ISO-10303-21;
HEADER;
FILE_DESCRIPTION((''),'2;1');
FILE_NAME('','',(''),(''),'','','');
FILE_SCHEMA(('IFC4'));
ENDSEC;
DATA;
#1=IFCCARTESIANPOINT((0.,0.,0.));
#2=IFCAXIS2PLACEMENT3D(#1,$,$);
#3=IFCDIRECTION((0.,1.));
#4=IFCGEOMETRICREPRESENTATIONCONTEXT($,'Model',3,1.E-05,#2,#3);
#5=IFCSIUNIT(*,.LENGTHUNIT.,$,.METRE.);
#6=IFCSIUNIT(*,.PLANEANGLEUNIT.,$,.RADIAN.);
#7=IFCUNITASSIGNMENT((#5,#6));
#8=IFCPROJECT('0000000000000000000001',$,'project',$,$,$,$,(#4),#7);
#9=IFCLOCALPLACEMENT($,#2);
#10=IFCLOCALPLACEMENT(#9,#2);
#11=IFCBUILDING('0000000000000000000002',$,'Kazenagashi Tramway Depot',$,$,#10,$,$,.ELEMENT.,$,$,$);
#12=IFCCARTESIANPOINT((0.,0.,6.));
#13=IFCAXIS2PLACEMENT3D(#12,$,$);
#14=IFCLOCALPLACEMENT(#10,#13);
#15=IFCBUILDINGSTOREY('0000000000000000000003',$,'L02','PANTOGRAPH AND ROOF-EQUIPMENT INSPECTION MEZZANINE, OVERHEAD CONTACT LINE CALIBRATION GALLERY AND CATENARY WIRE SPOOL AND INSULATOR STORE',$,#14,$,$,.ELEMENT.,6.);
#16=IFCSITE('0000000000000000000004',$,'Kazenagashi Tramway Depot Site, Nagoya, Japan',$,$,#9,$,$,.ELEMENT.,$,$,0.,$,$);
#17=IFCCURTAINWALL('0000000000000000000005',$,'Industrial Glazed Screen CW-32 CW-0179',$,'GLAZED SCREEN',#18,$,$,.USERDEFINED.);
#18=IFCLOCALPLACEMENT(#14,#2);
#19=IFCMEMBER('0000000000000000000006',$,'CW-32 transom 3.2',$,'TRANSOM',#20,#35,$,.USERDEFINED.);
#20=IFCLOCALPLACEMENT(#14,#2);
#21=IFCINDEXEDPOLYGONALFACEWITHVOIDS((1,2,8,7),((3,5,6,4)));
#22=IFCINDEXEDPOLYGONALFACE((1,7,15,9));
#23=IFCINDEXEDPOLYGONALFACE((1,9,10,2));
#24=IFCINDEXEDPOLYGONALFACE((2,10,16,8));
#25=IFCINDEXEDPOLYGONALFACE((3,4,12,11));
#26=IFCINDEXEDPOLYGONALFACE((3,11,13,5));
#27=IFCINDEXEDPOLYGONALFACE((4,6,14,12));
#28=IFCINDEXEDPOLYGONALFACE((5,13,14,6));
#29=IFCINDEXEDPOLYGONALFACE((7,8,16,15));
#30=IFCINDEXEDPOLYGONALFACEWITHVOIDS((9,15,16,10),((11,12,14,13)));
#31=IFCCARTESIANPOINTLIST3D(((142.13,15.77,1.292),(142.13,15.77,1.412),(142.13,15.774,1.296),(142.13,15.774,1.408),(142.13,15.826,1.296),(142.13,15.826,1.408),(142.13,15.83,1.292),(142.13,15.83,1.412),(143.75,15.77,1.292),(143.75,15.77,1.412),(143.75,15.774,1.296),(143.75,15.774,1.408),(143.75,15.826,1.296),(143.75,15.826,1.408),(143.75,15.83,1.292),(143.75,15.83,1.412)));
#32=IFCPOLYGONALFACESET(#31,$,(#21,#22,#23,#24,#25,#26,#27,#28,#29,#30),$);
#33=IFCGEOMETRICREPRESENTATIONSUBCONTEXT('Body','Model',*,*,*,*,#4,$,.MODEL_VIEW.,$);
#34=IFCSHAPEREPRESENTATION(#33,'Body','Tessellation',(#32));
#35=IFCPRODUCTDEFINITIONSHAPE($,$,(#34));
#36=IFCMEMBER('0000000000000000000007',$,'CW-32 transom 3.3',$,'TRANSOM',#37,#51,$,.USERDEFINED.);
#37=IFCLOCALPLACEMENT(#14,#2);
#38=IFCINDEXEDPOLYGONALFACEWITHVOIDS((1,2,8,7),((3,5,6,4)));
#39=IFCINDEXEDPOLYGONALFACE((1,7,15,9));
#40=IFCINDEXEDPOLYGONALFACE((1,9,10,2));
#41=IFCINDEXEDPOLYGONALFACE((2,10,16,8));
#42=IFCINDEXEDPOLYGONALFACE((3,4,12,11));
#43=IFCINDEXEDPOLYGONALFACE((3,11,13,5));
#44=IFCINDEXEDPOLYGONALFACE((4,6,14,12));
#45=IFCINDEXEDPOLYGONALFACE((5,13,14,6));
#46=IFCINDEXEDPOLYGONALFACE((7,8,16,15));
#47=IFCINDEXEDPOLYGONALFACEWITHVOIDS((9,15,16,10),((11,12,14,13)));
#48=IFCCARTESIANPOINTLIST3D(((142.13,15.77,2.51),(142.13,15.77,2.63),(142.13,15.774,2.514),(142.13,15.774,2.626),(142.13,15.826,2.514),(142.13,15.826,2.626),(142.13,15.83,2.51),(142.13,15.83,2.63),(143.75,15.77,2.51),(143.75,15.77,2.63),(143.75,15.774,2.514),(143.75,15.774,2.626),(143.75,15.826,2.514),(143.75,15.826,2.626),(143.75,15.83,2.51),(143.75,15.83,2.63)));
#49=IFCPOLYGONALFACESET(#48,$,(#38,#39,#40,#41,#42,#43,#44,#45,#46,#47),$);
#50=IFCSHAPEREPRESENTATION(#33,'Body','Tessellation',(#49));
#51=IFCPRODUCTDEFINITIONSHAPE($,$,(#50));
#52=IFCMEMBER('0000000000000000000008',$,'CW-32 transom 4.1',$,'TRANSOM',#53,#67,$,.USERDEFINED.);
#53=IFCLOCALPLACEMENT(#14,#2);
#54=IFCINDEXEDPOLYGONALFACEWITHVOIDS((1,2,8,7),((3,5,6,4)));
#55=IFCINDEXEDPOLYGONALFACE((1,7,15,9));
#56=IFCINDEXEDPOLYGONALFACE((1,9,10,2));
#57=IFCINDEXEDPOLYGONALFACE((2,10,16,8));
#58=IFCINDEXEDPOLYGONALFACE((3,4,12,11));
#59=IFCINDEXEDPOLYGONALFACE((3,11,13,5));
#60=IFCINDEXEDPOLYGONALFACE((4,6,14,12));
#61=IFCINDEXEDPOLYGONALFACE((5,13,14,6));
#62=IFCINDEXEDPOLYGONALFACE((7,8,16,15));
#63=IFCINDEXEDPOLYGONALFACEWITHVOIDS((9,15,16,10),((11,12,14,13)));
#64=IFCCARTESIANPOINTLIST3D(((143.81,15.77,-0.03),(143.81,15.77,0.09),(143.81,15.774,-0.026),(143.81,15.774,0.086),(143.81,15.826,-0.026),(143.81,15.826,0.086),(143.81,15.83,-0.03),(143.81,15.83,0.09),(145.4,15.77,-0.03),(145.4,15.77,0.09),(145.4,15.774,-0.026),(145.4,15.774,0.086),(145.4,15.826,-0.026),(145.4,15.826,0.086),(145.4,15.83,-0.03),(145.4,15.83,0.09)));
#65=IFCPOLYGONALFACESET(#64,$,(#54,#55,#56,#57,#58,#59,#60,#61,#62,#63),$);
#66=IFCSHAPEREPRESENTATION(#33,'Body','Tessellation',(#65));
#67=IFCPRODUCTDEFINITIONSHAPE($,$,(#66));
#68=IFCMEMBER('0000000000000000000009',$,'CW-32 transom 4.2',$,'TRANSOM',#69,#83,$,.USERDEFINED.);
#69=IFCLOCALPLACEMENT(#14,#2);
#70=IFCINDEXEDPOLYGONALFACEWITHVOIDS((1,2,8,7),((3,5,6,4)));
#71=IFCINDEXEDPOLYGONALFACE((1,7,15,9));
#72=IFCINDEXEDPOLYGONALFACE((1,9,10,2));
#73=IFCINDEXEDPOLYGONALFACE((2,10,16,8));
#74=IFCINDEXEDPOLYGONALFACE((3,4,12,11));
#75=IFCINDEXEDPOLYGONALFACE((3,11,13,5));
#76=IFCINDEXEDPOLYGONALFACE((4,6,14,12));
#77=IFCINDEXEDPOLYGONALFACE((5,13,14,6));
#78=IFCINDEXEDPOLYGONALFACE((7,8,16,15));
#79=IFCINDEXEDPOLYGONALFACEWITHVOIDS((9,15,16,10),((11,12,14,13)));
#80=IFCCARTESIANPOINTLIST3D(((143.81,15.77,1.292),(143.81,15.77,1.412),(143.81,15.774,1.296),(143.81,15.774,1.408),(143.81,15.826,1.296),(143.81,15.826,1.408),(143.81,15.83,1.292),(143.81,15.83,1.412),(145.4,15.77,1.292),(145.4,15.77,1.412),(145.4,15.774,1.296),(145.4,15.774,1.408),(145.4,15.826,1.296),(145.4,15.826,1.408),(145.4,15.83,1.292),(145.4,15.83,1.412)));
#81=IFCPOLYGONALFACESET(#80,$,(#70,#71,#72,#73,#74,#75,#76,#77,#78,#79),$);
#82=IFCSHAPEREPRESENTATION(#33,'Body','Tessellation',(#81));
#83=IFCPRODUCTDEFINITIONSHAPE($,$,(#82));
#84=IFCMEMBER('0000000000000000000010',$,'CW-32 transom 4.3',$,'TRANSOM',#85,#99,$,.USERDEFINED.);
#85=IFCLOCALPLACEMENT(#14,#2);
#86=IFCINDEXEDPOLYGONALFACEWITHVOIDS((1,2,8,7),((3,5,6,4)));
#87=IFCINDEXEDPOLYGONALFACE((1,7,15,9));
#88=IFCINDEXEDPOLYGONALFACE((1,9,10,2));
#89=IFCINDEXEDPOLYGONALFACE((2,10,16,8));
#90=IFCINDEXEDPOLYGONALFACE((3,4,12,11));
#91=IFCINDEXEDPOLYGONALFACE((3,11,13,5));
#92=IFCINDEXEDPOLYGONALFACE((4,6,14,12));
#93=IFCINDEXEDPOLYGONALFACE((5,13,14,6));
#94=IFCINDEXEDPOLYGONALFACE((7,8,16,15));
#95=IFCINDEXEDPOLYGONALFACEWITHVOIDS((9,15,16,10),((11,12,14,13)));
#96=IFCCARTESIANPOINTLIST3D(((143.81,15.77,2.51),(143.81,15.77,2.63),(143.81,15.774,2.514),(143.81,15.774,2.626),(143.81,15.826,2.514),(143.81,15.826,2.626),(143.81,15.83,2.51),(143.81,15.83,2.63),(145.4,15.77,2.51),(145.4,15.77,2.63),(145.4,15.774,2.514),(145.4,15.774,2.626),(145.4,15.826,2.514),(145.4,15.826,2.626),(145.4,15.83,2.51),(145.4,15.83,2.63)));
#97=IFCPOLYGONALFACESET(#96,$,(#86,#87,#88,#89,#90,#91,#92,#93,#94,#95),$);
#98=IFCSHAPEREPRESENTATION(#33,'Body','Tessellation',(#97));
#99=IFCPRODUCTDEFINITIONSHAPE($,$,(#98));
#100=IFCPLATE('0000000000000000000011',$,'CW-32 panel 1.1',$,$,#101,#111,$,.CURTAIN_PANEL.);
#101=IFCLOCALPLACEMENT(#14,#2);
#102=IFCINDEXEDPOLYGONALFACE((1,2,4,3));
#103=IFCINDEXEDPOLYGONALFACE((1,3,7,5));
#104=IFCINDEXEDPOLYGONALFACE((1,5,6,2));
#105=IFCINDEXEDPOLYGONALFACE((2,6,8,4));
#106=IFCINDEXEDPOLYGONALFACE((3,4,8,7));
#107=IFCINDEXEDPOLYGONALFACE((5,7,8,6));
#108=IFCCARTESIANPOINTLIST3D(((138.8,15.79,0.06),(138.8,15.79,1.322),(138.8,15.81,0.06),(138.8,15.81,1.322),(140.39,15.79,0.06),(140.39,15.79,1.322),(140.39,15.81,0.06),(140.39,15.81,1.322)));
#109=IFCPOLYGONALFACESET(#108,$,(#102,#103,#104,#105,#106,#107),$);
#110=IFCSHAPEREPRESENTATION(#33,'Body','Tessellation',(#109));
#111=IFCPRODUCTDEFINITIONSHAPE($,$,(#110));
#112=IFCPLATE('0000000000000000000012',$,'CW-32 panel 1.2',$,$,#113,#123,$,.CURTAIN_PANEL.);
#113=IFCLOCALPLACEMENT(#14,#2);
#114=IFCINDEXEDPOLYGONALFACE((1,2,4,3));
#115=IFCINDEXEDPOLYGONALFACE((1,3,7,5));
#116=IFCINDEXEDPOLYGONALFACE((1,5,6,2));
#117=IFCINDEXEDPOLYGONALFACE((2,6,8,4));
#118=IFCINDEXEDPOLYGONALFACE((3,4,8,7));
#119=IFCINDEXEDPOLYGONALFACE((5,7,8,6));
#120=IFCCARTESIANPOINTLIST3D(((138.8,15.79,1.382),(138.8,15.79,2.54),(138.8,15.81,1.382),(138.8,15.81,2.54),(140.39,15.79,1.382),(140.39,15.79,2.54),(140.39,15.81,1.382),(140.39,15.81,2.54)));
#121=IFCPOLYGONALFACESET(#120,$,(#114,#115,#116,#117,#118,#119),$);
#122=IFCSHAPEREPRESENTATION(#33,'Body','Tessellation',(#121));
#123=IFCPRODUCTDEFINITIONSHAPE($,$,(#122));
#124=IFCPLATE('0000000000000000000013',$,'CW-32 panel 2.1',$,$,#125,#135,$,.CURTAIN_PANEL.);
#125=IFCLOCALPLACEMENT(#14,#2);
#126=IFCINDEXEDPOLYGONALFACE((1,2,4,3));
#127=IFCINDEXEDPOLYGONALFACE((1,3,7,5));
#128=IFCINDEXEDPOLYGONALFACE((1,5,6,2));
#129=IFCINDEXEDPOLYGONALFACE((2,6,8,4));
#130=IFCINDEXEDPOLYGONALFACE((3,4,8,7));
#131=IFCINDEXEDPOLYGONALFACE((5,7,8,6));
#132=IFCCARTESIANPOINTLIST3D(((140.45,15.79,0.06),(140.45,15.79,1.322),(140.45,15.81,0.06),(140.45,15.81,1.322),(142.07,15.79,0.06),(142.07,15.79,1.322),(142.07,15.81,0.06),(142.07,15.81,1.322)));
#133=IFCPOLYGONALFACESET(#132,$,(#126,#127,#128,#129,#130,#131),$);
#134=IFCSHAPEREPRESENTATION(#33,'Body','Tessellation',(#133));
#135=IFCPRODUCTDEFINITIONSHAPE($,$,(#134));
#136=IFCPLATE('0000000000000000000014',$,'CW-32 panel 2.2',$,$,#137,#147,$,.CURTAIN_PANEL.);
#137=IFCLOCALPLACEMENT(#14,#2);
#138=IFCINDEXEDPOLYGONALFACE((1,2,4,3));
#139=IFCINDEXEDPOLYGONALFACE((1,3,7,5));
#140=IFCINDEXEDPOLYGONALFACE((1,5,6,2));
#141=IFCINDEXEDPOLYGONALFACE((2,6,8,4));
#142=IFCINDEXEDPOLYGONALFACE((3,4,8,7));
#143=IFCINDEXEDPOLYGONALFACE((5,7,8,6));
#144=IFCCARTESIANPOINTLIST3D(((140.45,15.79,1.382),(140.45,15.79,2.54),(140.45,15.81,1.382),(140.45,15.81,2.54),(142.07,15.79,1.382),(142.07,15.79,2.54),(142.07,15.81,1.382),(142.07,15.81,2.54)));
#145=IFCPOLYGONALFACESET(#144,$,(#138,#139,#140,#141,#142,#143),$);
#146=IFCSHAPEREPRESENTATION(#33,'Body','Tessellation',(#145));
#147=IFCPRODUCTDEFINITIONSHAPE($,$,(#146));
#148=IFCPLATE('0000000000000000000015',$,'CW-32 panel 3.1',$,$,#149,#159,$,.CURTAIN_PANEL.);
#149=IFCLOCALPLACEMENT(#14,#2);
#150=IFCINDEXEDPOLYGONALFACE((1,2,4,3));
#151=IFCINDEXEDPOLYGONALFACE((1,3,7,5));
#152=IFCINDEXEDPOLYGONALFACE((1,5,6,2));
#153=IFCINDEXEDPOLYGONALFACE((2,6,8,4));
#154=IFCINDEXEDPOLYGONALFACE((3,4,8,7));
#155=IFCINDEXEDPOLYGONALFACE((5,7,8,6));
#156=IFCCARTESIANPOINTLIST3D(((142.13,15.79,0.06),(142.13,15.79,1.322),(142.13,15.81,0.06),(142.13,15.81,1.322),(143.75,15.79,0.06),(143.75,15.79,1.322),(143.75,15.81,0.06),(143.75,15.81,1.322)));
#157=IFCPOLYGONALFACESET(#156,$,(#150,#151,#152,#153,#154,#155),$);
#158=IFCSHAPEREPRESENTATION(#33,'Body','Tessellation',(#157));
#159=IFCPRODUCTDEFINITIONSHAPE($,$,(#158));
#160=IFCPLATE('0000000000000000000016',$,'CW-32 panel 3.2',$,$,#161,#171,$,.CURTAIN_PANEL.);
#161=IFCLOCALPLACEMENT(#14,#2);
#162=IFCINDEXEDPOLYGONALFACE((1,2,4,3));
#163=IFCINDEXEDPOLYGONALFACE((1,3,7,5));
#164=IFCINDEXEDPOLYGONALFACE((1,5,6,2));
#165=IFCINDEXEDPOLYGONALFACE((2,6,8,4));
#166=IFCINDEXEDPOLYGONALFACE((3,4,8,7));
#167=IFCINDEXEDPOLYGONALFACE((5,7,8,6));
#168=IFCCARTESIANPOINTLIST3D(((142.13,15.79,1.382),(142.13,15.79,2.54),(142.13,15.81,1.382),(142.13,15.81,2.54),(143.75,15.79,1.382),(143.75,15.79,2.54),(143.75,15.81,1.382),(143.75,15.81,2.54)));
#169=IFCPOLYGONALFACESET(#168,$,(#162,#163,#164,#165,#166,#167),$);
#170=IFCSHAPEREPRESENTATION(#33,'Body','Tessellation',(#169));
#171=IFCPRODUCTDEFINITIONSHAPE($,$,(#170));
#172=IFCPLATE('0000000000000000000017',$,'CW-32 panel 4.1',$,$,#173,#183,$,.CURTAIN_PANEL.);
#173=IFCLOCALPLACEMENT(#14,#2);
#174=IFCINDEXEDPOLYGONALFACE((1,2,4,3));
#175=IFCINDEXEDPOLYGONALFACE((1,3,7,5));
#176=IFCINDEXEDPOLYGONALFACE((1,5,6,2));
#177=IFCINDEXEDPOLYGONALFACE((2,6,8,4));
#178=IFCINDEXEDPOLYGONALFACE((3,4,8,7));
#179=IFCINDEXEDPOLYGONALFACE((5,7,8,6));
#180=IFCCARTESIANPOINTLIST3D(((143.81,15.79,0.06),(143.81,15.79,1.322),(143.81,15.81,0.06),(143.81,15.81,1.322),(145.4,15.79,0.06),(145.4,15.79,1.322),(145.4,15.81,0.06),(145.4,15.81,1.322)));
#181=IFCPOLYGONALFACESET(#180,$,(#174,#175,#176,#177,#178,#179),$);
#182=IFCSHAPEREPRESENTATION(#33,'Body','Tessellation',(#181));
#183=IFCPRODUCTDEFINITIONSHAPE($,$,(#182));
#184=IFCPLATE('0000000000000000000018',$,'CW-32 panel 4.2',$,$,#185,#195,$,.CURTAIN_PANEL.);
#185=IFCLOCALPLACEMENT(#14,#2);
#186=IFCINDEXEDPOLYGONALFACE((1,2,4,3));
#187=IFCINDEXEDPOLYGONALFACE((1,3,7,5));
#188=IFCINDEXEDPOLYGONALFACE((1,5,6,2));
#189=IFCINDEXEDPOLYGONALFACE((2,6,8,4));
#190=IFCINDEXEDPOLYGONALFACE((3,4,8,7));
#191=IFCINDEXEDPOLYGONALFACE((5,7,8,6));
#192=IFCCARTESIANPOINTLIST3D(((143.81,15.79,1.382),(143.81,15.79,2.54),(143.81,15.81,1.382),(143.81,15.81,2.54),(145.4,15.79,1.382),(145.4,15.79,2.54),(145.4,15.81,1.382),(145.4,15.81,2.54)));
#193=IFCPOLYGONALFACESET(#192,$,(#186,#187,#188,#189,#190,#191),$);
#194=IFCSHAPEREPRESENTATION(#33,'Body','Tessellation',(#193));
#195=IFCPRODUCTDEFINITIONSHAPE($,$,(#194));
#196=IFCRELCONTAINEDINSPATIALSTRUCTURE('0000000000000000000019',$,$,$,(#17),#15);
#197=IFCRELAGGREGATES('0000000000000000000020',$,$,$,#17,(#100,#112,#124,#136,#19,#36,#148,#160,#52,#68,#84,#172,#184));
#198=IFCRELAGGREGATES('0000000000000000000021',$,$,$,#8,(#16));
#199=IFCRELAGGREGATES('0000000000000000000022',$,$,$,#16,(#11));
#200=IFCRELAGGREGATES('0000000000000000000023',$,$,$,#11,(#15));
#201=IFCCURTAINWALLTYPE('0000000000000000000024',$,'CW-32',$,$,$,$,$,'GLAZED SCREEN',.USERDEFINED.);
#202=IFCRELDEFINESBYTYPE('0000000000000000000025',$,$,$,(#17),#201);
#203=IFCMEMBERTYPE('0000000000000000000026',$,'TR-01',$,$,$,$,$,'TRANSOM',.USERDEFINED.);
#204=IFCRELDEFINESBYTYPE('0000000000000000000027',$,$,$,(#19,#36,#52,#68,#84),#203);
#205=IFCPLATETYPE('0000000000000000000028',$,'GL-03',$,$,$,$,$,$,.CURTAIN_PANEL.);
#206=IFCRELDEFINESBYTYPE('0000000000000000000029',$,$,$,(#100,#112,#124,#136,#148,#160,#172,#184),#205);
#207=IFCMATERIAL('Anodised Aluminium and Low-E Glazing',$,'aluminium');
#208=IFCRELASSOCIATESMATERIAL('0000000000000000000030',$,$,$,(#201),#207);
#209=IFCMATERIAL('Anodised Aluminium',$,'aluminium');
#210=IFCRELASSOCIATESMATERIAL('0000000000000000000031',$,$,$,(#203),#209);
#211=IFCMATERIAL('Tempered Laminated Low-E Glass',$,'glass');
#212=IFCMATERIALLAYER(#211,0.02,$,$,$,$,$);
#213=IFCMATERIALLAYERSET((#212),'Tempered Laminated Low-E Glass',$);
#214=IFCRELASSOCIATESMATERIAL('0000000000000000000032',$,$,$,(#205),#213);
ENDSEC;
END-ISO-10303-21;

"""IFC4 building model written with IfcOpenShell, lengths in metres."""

from ifc_helpers import new_model, si_unit, direction, frame, origin, origin_2d, place, context, subcontext, project, spatial, rectangle, hollow_rectangle, extrude, material, layer, layer_set, material_profile, profile_set, type_object, element, aggregate, save


model = new_model("IFC4")

# Units and contexts
model_context = context("Model", 3, precision=1e-05, world=origin(), true_north=direction((0.0, 1.0)))
body_context = subcontext(model_context, "Body", "Model", "MODEL_VIEW")
ifc_project = project(units=[si_unit("LENGTHUNIT", "METRE"), si_unit("PLANEANGLEUNIT", "RADIAN")], contexts=[model_context])

# Site, building, storey
site_placement = place(None, origin())
site = spatial("IfcSite", under=ifc_project, at=site_placement, Name="Kazenagashi Tramway Depot Site, Nagoya, Japan", CompositionType="ELEMENT", RefElevation=0.0)
building_placement = place(site_placement, origin())
building = spatial("IfcBuilding", under=site, at=building_placement, Name="Kazenagashi Tramway Depot", CompositionType="ELEMENT")
storey_placement = place(building_placement, frame((0.0, 0.0, 6.0)))
storey = spatial("IfcBuildingStorey", under=building, at=storey_placement, Name="L02", Description="PANTOGRAPH AND ROOF-EQUIPMENT INSPECTION MEZZANINE, OVERHEAD CONTACT LINE CALIBRATION GALLERY AND CATENARY WIRE SPOOL AND INSULATOR STORE", CompositionType="ELEMENT", Elevation=6.0)

# Curtain wall
ifc_material_1 = material(Name="Anodised Aluminium and Low-E Glazing", Category="aluminium")
ifc_material_2 = material(Name="Anodised Aluminium", Category="aluminium")
curtain_wall_type_1 = type_object("IfcCurtainWallType", Name="CW-32", ElementType="GLAZED SCREEN", PredefinedType="USERDEFINED", material=ifc_material_1)
curtain_wall_1_placement = place(storey_placement, origin())
curtain_wall_1 = element("IfcCurtainWall", 1, at=curtain_wall_1_placement, inside=storey, type_object=curtain_wall_type_1, Name="Industrial Glazed Screen CW-32 CW-0179", ObjectType="GLAZED SCREEN", PredefinedType="USERDEFINED")

# Members
ifc_material_profile_1 = material_profile(ifc_material_2, hollow_rectangle(XDim=0.06, YDim=0.12, WallThickness=0.004, at=origin_2d()), Name="RHS-120x60x4")
ifc_profile_set_1 = profile_set([ifc_material_profile_1], Name="Anodised Aluminium")
member_type_1 = type_object("IfcMemberType", Name="TR-01", ElementType="TRANSOM", PredefinedType="USERDEFINED", material=ifc_profile_set_1)
member_1_placement = place(storey_placement, frame((142.13, 15.8, 1.352), z_axis=(1.0, 0.0, 0.0), x_axis=(0.0, 1.0, 0.0)))
member_1 = element("IfcMember", 2, at=member_1_placement, type_object=member_type_1, Name="CW-32 transom 3.2", ObjectType="TRANSOM", PredefinedType="USERDEFINED", context=body_context, shape_type="SweptSolid", body=[
    extrude(hollow_rectangle(XDim=0.06, YDim=0.12, WallThickness=0.004, at=origin_2d()), origin(), (0.0, 0.0, 1.0), 1.62),
])
member_2_placement = place(storey_placement, frame((142.13, 15.8, 2.57), z_axis=(1.0, 0.0, 0.0), x_axis=(0.0, 1.0, 0.0)))
member_2 = element("IfcMember", 3, at=member_2_placement, type_object=member_type_1, Name="CW-32 transom 3.3", ObjectType="TRANSOM", PredefinedType="USERDEFINED", context=body_context, shape_type="SweptSolid", body=[
    extrude(hollow_rectangle(XDim=0.06, YDim=0.12, WallThickness=0.004, at=origin_2d()), origin(), (0.0, 0.0, 1.0), 1.62),
])
member_3_placement = place(storey_placement, frame((143.81, 15.8, 0.03), z_axis=(1.0, 0.0, 0.0), x_axis=(0.0, 1.0, 0.0)))
member_3 = element("IfcMember", 4, at=member_3_placement, type_object=member_type_1, Name="CW-32 transom 4.1", ObjectType="TRANSOM", PredefinedType="USERDEFINED", context=body_context, shape_type="SweptSolid", body=[
    extrude(hollow_rectangle(XDim=0.06, YDim=0.12, WallThickness=0.004, at=origin_2d()), origin(), (0.0, 0.0, 1.0), 1.59),
])
member_4_placement = place(storey_placement, frame((143.81, 15.8, 1.352), z_axis=(1.0, 0.0, 0.0), x_axis=(0.0, 1.0, 0.0)))
member_4 = element("IfcMember", 5, at=member_4_placement, type_object=member_type_1, Name="CW-32 transom 4.2", ObjectType="TRANSOM", PredefinedType="USERDEFINED", context=body_context, shape_type="SweptSolid", body=[
    extrude(hollow_rectangle(XDim=0.06, YDim=0.12, WallThickness=0.004, at=origin_2d()), origin(), (0.0, 0.0, 1.0), 1.59),
])
member_5_placement = place(storey_placement, frame((143.81, 15.8, 2.57), z_axis=(1.0, 0.0, 0.0), x_axis=(0.0, 1.0, 0.0)))
member_5 = element("IfcMember", 6, at=member_5_placement, type_object=member_type_1, Name="CW-32 transom 4.3", ObjectType="TRANSOM", PredefinedType="USERDEFINED", context=body_context, shape_type="SweptSolid", body=[
    extrude(hollow_rectangle(XDim=0.06, YDim=0.12, WallThickness=0.004, at=origin_2d()), origin(), (0.0, 0.0, 1.0), 1.59),
])

# Plates
ifc_material_3 = material(Name="Tempered Laminated Low-E Glass", Category="glass")
ifc_layer_1 = layer(ifc_material_3, 0.02)
ifc_layer_set_1 = layer_set([ifc_layer_1], Name="Tempered Laminated Low-E Glass")
plate_type_1 = type_object("IfcPlateType", Name="GL-03", PredefinedType="CURTAIN_PANEL", material=ifc_layer_set_1)
plate_1_placement = place(storey_placement, frame((139.595, 15.8, 0.06), z_axis=(0.0, 0.0, 1.0), x_axis=(1.0, 0.0, 0.0)))
plate_1 = element("IfcPlate", 7, at=plate_1_placement, type_object=plate_type_1, Name="CW-32 panel 1.1", PredefinedType="CURTAIN_PANEL", context=body_context, shape_type="SweptSolid", body=[
    extrude(rectangle(XDim=1.59, YDim=0.02, at=origin_2d()), origin(), (0.0, 0.0, 1.0), 1.262),
])
plate_2_placement = place(storey_placement, frame((139.595, 15.8, 1.382), z_axis=(0.0, 0.0, 1.0), x_axis=(1.0, 0.0, 0.0)))
plate_2 = element("IfcPlate", 8, at=plate_2_placement, type_object=plate_type_1, Name="CW-32 panel 1.2", PredefinedType="CURTAIN_PANEL", context=body_context, shape_type="SweptSolid", body=[
    extrude(rectangle(XDim=1.59, YDim=0.02, at=origin_2d()), origin(), (0.0, 0.0, 1.0), 1.158),
])
plate_3_placement = place(storey_placement, frame((141.26, 15.8, 0.06), z_axis=(0.0, 0.0, 1.0), x_axis=(1.0, 0.0, 0.0)))
plate_3 = element("IfcPlate", 9, at=plate_3_placement, type_object=plate_type_1, Name="CW-32 panel 2.1", PredefinedType="CURTAIN_PANEL", context=body_context, shape_type="SweptSolid", body=[
    extrude(rectangle(XDim=1.62, YDim=0.02, at=origin_2d()), origin(), (0.0, 0.0, 1.0), 1.262),
])
plate_4_placement = place(storey_placement, frame((141.26, 15.8, 1.382), z_axis=(0.0, 0.0, 1.0), x_axis=(1.0, 0.0, 0.0)))
plate_4 = element("IfcPlate", 10, at=plate_4_placement, type_object=plate_type_1, Name="CW-32 panel 2.2", PredefinedType="CURTAIN_PANEL", context=body_context, shape_type="SweptSolid", body=[
    extrude(rectangle(XDim=1.62, YDim=0.02, at=origin_2d()), origin(), (0.0, 0.0, 1.0), 1.158),
])
plate_5_placement = place(storey_placement, frame((142.94, 15.8, 0.06), z_axis=(0.0, 0.0, 1.0), x_axis=(1.0, 0.0, 0.0)))
plate_5 = element("IfcPlate", 11, at=plate_5_placement, type_object=plate_type_1, Name="CW-32 panel 3.1", PredefinedType="CURTAIN_PANEL", context=body_context, shape_type="SweptSolid", body=[
    extrude(rectangle(XDim=1.62, YDim=0.02, at=origin_2d()), origin(), (0.0, 0.0, 1.0), 1.262),
])
plate_6_placement = place(storey_placement, frame((142.94, 15.8, 1.382), z_axis=(0.0, 0.0, 1.0), x_axis=(1.0, 0.0, 0.0)))
plate_6 = element("IfcPlate", 12, at=plate_6_placement, type_object=plate_type_1, Name="CW-32 panel 3.2", PredefinedType="CURTAIN_PANEL", context=body_context, shape_type="SweptSolid", body=[
    extrude(rectangle(XDim=1.62, YDim=0.02, at=origin_2d()), origin(), (0.0, 0.0, 1.0), 1.158),
])
plate_7_placement = place(storey_placement, frame((144.605, 15.8, 0.06), z_axis=(0.0, 0.0, 1.0), x_axis=(1.0, 0.0, 0.0)))
plate_7 = element("IfcPlate", 13, at=plate_7_placement, type_object=plate_type_1, Name="CW-32 panel 4.1", PredefinedType="CURTAIN_PANEL", context=body_context, shape_type="SweptSolid", body=[
    extrude(rectangle(XDim=1.59, YDim=0.02, at=origin_2d()), origin(), (0.0, 0.0, 1.0), 1.262),
])
plate_8_placement = place(storey_placement, frame((144.605, 15.8, 1.382), z_axis=(0.0, 0.0, 1.0), x_axis=(1.0, 0.0, 0.0)))
plate_8 = element("IfcPlate", 14, at=plate_8_placement, type_object=plate_type_1, Name="CW-32 panel 4.2", PredefinedType="CURTAIN_PANEL", context=body_context, shape_type="SweptSolid", body=[
    extrude(rectangle(XDim=1.59, YDim=0.02, at=origin_2d()), origin(), (0.0, 0.0, 1.0), 1.158),
])
aggregate(curtain_wall_1, [plate_1, plate_2, plate_3, plate_4, member_1, member_2, plate_5, plate_6, member_3, member_4, member_5, plate_7, plate_8])

save(model, "model.ifc")
